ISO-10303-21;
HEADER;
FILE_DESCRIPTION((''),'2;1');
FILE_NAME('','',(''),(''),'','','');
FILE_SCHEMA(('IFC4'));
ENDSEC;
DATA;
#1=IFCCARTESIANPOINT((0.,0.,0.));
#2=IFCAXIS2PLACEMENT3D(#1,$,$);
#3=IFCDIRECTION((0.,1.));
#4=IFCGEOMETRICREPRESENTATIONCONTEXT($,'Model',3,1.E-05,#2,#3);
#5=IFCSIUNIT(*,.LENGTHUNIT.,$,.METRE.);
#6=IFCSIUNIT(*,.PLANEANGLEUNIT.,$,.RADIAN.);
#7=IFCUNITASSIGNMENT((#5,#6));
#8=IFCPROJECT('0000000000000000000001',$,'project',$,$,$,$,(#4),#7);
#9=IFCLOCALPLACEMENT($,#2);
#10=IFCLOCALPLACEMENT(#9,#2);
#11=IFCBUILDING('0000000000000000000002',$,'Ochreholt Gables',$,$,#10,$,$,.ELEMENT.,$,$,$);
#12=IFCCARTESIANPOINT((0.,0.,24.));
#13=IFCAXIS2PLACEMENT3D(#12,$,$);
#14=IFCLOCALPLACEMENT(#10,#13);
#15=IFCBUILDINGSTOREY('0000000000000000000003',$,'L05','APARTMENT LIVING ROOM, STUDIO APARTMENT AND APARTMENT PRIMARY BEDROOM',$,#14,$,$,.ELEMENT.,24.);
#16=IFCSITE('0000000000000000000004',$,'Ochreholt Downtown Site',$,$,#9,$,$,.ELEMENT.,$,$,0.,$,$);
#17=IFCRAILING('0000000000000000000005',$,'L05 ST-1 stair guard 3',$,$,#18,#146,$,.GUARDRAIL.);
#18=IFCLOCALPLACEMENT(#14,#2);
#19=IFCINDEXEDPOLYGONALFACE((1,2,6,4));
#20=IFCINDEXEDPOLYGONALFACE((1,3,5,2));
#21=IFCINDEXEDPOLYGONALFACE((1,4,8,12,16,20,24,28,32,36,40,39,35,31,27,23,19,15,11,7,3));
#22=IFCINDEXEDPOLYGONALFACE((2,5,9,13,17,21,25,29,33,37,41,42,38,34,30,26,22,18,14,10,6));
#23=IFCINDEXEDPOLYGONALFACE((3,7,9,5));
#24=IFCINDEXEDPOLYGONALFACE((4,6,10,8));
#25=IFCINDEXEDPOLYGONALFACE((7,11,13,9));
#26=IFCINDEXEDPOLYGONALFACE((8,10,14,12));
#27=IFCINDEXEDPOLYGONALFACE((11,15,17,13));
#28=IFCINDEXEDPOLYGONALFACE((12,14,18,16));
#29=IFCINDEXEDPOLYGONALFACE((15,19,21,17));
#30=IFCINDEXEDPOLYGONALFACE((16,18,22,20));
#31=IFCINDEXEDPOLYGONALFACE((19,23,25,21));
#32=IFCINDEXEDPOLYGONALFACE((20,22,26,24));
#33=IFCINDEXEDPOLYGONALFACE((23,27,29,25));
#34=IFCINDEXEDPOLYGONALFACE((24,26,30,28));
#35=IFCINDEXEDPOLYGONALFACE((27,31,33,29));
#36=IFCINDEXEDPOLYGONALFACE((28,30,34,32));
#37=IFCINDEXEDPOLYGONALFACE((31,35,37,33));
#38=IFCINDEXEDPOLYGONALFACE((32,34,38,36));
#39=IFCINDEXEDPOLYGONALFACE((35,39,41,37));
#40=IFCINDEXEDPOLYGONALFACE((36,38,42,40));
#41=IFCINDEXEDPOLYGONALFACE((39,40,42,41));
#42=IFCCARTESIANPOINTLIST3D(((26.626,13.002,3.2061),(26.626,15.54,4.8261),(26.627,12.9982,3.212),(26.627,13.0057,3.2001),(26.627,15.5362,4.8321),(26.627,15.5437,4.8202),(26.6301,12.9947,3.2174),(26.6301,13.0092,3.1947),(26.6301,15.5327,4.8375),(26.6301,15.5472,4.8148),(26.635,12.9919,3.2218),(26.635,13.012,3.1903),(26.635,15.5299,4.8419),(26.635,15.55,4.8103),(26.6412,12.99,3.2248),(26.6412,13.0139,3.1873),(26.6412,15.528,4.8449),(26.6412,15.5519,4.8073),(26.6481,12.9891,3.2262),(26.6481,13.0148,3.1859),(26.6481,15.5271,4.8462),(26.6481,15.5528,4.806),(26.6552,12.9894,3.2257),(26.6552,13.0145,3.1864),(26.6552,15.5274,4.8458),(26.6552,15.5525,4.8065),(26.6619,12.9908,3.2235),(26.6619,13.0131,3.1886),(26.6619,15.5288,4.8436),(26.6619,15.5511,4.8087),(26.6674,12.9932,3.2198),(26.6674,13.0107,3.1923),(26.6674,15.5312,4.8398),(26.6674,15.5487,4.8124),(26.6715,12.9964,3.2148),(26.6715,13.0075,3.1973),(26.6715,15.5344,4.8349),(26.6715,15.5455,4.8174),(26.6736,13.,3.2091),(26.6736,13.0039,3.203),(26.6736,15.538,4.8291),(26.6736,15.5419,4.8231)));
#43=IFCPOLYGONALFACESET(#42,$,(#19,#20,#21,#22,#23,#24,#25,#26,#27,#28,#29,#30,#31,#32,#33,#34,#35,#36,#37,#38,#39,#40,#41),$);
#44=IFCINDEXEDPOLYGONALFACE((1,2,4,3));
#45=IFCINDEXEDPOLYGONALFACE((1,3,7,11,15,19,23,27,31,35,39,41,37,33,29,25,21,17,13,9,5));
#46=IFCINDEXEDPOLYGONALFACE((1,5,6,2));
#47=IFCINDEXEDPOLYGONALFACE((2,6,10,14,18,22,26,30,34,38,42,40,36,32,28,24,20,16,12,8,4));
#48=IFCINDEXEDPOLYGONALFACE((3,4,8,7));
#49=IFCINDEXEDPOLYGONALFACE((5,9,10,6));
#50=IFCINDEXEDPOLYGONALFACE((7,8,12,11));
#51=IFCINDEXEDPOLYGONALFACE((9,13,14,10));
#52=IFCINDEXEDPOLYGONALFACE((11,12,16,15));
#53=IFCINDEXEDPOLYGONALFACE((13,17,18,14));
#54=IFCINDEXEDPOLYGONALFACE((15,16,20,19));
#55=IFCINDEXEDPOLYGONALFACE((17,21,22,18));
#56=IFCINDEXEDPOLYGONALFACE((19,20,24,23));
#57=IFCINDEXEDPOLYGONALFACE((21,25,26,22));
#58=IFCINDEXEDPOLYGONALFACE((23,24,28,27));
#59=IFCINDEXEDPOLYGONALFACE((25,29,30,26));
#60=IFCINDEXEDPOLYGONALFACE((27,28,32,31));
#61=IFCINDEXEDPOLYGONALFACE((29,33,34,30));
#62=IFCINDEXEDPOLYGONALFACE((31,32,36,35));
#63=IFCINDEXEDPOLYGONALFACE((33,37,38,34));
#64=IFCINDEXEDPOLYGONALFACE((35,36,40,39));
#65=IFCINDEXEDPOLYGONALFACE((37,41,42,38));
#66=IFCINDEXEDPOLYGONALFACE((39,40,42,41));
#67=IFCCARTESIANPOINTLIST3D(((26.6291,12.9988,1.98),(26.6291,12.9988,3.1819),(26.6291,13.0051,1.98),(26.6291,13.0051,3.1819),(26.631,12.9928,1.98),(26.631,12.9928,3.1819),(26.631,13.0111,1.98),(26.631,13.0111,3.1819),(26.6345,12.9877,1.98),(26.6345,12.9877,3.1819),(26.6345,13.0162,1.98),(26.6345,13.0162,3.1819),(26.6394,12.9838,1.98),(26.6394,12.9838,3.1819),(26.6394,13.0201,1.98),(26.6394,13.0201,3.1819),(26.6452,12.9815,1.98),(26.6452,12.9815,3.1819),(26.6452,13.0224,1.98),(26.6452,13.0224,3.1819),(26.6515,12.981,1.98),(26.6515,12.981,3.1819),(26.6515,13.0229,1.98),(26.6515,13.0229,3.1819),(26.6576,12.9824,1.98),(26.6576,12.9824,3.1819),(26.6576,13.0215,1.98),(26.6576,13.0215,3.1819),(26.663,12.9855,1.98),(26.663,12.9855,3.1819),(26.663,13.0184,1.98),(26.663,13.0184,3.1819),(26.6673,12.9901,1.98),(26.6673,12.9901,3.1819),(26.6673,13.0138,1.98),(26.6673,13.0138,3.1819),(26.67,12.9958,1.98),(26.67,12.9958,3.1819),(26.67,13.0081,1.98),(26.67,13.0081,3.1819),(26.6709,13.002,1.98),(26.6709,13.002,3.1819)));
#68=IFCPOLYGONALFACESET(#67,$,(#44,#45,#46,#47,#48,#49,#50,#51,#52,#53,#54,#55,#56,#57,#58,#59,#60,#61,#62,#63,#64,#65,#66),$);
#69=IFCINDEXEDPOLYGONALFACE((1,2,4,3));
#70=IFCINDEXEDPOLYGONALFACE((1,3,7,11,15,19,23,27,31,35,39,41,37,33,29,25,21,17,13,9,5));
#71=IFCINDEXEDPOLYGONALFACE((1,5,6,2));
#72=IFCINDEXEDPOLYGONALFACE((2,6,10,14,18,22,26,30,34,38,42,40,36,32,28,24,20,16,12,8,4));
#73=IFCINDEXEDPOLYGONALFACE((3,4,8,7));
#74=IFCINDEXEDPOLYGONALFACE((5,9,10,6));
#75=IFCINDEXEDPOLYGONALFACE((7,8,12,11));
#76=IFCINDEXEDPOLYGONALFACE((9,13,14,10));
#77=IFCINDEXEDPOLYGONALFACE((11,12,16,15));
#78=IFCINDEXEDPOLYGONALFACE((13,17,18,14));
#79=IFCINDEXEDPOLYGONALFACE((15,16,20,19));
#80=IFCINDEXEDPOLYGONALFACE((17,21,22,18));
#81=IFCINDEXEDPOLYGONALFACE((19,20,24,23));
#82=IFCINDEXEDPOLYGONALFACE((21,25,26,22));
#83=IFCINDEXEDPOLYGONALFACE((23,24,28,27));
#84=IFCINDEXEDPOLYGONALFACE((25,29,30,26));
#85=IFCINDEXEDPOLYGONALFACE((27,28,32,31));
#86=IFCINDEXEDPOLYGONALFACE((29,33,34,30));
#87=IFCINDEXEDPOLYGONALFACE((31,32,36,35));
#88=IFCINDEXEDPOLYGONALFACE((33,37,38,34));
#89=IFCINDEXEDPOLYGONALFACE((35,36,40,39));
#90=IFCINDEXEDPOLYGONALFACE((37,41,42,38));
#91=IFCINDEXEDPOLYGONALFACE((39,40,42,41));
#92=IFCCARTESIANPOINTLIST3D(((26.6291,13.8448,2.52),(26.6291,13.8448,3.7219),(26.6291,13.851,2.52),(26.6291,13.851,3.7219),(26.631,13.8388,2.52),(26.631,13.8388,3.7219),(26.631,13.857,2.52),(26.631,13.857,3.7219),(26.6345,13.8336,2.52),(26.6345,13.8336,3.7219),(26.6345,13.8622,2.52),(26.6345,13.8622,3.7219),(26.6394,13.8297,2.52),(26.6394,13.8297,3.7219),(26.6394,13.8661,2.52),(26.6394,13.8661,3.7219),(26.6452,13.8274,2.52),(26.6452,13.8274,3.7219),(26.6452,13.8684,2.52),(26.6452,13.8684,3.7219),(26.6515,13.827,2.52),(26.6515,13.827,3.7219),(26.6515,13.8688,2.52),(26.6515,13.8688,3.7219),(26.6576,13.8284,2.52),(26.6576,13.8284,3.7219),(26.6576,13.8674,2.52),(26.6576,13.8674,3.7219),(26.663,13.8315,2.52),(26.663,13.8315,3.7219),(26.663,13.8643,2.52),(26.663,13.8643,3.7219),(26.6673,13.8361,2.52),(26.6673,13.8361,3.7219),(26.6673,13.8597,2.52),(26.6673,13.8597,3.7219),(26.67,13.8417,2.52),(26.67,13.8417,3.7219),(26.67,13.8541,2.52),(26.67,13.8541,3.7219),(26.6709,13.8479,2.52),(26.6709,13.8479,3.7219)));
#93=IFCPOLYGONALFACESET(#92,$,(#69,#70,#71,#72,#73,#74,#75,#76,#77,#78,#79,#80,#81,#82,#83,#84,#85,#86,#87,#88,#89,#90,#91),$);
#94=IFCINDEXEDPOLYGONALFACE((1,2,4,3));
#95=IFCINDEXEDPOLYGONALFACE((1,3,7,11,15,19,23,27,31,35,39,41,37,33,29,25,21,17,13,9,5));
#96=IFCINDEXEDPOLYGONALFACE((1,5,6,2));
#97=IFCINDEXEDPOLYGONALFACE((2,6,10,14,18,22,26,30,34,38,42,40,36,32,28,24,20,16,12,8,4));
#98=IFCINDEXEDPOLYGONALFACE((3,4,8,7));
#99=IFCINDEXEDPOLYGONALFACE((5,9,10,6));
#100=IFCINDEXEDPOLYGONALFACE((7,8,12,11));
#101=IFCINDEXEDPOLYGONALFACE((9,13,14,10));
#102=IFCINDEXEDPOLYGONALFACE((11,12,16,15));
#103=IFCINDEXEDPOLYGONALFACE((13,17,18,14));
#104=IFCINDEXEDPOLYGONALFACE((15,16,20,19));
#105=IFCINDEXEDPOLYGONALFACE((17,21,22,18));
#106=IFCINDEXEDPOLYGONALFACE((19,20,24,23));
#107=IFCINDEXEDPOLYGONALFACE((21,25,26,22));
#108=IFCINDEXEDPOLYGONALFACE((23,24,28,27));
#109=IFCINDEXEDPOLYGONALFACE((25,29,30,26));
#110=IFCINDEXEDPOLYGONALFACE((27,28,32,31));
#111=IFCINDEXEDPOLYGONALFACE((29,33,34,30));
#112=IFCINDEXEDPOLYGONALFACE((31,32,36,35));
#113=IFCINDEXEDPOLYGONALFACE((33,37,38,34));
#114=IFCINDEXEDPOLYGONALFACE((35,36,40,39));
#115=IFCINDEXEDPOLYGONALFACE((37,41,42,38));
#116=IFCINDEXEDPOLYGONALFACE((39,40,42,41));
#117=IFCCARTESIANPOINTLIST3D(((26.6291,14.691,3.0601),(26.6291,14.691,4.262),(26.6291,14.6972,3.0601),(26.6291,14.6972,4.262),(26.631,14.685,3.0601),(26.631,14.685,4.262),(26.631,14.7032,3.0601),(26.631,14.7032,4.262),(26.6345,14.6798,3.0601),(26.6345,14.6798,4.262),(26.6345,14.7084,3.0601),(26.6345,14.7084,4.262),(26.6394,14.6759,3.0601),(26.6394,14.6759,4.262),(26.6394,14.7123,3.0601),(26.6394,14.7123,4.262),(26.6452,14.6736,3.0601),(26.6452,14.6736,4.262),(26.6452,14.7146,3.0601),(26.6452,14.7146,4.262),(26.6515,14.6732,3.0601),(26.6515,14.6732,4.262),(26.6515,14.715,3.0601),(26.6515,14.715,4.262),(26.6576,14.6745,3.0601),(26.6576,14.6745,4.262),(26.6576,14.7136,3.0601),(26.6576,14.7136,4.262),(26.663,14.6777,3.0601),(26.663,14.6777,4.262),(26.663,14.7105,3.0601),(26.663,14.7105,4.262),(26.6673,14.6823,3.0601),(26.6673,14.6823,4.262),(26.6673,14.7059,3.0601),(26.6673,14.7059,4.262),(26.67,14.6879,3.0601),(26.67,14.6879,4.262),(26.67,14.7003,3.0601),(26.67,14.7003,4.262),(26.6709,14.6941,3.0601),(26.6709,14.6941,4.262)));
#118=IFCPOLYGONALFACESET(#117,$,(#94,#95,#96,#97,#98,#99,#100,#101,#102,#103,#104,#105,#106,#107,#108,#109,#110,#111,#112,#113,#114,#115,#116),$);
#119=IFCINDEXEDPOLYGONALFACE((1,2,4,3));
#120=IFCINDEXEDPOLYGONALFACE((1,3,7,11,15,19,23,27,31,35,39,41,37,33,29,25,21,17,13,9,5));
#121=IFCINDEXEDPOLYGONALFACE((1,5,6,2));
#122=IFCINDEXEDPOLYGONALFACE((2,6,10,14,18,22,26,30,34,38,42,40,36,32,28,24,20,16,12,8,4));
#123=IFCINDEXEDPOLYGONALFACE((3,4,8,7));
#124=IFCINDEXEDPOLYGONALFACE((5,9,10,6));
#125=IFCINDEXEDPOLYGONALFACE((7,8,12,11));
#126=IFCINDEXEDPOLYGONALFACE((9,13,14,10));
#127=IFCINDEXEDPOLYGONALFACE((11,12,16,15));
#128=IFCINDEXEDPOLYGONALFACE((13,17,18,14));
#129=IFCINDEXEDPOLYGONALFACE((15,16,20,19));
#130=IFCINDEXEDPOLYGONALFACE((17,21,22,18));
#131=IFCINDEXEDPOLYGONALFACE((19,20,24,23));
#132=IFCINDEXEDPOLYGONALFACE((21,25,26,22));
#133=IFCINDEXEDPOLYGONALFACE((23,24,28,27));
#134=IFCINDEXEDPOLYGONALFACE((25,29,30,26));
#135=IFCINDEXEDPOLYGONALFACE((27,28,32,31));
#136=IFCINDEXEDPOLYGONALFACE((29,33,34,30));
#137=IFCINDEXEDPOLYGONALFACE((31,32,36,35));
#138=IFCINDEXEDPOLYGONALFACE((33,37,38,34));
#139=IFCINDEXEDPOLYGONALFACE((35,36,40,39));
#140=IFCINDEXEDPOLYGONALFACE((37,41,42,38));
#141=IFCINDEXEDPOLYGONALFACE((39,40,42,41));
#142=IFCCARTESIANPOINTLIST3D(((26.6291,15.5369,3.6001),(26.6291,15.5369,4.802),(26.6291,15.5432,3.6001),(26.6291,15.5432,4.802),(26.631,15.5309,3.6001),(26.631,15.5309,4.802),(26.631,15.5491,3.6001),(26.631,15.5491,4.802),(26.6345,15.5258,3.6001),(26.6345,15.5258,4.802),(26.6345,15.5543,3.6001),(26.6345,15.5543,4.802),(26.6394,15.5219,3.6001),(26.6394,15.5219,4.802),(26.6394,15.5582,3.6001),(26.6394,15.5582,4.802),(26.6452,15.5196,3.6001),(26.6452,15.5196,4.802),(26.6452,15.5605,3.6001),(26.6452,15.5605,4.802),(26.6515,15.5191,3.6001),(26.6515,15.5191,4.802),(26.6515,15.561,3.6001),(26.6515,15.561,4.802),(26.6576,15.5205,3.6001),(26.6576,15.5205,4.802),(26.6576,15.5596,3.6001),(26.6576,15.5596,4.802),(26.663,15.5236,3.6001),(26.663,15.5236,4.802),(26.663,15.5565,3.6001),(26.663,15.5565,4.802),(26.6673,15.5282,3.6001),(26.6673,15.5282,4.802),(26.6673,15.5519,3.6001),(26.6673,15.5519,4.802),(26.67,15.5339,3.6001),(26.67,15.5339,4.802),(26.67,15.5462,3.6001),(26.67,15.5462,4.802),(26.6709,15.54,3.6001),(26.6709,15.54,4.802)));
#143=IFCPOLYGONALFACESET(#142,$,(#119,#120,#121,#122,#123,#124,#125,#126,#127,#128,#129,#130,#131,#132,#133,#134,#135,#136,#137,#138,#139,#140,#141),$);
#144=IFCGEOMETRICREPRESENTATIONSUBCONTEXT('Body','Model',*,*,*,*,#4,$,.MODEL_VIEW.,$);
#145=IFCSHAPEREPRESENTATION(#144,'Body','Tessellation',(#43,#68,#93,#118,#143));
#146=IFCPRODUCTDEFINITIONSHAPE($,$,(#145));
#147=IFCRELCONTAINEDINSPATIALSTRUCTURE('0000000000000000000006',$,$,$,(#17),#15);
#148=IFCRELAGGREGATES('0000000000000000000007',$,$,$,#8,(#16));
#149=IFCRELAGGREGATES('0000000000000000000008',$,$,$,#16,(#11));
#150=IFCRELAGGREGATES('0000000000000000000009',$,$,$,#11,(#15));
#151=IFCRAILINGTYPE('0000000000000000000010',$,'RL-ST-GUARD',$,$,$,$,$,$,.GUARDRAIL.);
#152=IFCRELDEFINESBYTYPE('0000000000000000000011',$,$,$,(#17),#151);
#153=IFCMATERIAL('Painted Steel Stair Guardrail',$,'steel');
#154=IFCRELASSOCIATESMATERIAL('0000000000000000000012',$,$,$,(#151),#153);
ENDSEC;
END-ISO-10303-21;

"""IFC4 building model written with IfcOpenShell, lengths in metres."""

from ifc_helpers import new_model, si_unit, direction, frame, origin, origin_2d, place, context, subcontext, project, spatial, circle, extrude, material, type_object, element, save


model = new_model("IFC4")

# Units and contexts
model_context = context("Model", 3, precision=1e-05, world=origin(), true_north=direction((0.0, 1.0)))
body_context = subcontext(model_context, "Body", "Model", "MODEL_VIEW")
ifc_project = project(units=[si_unit("LENGTHUNIT", "METRE"), si_unit("PLANEANGLEUNIT", "RADIAN")], contexts=[model_context])

# Site, building, storey
site_placement = place(None, origin())
site = spatial("IfcSite", under=ifc_project, at=site_placement, Name="Ochreholt Downtown Site", CompositionType="ELEMENT", RefElevation=0.0)
building_placement = place(site_placement, origin())
building = spatial("IfcBuilding", under=site, at=building_placement, Name="Ochreholt Gables", CompositionType="ELEMENT")
storey_placement = place(building_placement, frame((0.0, 0.0, 24.0)))
storey = spatial("IfcBuildingStorey", under=building, at=storey_placement, Name="L05", Description="APARTMENT LIVING ROOM, STUDIO APARTMENT AND APARTMENT PRIMARY BEDROOM", CompositionType="ELEMENT", Elevation=24.0)

# Railing
ifc_material_1 = material(Name="Painted Steel Stair Guardrail", Category="steel")
railing_type_1 = type_object("IfcRailingType", Name="RL-ST-GUARD", PredefinedType="GUARDRAIL", material=ifc_material_1)
railing_1_placement = place(storey_placement, frame((26.6499, 13.002, 1.98)))
element("IfcRailing", 1, at=railing_1_placement, inside=storey, type_object=railing_type_1, Name="L05 ST-1 stair guard 3", PredefinedType="GUARDRAIL", context=body_context, shape_type="SweptSolid", body=[
    extrude(circle(Radius=0.0239, at=origin_2d()), frame((0.0, 0.0, 1.2261), z_axis=(0.0, 0.842913, 0.53805), x_axis=(-1.0, 0.0, 0.0)), (0.0, 0.0, 1.0), 3.011),
    extrude(circle(Radius=0.021, at=origin_2d()), origin(), (0.0, 0.0, 1.0), 1.2019),
    extrude(circle(Radius=0.021, at=origin_2d()), frame((0.0, 0.8459, 0.54)), (0.0, 0.0, 1.0), 1.2019),
    extrude(circle(Radius=0.021, at=origin_2d()), frame((0.0, 1.6921, 1.0801)), (0.0, 0.0, 1.0), 1.2019),
    extrude(circle(Radius=0.021, at=origin_2d()), frame((0.0, 2.5381, 1.6201)), (0.0, 0.0, 1.0), 1.2019),
])

save(model, "model.ifc")
